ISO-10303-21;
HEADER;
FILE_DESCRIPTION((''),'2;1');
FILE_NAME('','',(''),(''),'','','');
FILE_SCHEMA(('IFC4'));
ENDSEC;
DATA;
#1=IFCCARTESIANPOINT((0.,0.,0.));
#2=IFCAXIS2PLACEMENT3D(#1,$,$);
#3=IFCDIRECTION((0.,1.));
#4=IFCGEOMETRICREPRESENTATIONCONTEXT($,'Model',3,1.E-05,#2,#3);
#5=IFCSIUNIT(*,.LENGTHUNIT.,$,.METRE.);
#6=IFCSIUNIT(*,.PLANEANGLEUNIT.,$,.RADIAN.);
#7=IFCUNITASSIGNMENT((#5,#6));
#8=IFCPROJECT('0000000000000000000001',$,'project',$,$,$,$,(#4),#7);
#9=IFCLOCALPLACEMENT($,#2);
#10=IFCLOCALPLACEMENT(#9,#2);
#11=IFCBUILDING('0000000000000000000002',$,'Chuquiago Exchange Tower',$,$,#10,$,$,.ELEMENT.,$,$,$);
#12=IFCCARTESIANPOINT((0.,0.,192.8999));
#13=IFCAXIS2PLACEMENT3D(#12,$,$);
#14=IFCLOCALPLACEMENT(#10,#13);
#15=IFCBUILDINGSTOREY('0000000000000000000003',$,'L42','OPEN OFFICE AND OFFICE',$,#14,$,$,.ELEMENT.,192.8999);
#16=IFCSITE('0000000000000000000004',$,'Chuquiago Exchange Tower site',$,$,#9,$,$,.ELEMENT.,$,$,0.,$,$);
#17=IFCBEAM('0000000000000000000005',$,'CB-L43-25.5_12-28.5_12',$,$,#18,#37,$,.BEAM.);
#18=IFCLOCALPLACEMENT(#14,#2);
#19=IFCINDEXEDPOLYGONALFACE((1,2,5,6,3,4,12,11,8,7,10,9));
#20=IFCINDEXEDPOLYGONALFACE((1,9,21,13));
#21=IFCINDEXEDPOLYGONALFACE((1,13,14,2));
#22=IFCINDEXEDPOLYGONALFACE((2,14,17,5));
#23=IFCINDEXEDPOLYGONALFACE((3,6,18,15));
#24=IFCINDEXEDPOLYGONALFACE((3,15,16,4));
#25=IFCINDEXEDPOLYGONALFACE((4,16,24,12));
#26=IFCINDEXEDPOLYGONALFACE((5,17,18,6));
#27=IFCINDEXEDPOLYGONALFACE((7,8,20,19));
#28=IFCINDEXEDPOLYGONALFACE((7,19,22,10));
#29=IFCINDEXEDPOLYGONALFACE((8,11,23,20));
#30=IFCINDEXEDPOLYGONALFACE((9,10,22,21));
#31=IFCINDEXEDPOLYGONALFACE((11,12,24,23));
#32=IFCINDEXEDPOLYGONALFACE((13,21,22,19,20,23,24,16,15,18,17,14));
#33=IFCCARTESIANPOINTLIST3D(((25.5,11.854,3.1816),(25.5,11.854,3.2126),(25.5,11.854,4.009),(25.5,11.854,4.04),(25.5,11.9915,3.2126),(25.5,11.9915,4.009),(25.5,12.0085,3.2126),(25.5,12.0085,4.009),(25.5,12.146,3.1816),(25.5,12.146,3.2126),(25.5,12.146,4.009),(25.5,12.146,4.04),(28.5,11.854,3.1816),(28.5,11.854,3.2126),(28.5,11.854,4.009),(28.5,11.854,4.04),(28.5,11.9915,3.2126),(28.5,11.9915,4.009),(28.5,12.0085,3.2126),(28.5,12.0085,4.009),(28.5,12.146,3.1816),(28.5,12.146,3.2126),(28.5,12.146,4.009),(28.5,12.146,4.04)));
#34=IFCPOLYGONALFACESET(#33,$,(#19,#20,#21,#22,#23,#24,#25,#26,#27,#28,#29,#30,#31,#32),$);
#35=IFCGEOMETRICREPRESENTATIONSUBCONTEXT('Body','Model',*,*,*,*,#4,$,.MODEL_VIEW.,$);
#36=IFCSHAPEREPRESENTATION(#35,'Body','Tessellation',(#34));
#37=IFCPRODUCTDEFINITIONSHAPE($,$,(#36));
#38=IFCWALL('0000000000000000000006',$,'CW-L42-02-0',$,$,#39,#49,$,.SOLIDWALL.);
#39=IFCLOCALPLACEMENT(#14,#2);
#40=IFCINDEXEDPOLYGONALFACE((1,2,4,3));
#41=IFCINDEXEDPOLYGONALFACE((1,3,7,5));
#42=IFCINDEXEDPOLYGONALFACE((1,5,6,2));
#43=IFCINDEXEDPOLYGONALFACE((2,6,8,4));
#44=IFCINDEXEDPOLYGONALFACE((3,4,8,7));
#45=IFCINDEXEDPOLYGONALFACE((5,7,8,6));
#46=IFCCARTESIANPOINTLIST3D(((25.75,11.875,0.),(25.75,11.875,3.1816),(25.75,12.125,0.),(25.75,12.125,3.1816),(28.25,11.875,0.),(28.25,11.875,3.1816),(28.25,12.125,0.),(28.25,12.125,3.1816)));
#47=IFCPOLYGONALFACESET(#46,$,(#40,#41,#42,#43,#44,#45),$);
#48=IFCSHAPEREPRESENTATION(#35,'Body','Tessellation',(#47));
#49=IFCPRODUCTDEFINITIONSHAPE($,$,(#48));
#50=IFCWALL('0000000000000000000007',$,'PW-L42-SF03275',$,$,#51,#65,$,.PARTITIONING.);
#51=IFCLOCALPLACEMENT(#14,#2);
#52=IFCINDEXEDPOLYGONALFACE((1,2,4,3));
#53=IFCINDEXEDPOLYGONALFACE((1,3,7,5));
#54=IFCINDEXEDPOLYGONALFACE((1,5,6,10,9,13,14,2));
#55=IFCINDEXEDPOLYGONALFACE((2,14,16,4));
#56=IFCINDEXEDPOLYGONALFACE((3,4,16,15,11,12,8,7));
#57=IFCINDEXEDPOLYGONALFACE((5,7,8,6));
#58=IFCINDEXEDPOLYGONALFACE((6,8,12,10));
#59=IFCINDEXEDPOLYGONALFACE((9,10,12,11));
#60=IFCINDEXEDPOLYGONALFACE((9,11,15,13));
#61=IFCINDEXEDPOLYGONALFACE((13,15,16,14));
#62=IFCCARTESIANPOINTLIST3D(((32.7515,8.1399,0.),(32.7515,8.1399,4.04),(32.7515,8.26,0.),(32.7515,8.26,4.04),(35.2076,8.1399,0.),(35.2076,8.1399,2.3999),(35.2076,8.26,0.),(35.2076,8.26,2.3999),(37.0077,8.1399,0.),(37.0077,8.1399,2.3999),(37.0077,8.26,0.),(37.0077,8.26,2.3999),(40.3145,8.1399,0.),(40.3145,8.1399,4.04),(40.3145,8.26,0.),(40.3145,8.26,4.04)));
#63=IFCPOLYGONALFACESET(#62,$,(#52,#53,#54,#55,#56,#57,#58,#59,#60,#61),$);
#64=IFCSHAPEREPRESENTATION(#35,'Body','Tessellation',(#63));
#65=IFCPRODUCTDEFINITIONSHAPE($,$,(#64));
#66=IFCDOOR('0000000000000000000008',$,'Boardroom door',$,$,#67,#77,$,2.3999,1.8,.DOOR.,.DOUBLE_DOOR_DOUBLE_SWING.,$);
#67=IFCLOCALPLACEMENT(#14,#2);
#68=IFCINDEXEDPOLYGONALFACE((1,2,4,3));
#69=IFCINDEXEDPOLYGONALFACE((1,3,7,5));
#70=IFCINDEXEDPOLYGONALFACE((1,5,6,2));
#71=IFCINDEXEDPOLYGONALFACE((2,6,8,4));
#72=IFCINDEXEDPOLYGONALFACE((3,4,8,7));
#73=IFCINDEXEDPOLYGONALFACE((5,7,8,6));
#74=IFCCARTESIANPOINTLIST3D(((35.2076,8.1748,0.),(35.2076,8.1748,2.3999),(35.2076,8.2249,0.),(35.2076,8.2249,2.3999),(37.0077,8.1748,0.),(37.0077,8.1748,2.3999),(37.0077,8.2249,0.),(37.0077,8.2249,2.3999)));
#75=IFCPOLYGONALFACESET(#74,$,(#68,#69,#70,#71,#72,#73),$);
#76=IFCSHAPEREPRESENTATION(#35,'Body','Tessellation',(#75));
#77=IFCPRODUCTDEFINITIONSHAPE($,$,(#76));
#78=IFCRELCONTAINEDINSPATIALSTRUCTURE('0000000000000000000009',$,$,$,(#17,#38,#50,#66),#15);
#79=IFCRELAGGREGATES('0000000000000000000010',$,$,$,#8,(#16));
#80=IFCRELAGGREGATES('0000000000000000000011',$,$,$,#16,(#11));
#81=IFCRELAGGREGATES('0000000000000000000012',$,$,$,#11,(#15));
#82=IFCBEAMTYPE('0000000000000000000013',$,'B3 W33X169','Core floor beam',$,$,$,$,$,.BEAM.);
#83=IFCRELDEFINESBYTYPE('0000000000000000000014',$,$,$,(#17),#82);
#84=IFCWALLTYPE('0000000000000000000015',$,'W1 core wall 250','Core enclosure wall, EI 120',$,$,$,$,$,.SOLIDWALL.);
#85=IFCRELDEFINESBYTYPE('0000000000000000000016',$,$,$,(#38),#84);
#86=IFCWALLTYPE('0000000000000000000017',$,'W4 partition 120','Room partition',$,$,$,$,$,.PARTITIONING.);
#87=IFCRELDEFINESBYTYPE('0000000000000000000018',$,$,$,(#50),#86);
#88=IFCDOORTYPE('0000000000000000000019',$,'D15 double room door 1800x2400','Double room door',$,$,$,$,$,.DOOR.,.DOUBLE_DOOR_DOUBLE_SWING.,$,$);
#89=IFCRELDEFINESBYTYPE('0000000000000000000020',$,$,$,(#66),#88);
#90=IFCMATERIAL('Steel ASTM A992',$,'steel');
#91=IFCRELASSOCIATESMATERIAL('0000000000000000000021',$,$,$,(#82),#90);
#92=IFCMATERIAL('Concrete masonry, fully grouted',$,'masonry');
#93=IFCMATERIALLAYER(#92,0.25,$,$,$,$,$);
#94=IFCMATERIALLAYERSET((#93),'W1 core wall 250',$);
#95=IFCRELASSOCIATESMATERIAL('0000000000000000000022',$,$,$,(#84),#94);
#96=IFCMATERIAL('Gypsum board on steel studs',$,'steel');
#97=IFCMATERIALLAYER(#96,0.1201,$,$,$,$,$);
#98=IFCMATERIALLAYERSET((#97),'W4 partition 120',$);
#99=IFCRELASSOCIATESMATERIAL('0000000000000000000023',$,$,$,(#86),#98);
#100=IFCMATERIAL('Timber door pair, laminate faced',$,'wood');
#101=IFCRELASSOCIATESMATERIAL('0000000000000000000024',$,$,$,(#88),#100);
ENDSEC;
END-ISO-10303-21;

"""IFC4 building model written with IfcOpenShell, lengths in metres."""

from ifc_helpers import new_model, si_unit, direction, frame, frame_2d, origin, origin_2d, place, context, subcontext, project, spatial, rectangle, i_section, extrude, material, layer, layer_set, material_profile, profile_set, type_object, element, fill, save


model = new_model("IFC4")

# Units and contexts
model_context = context("Model", 3, precision=1e-05, world=origin(), true_north=direction((0.0, 1.0)))
body_context = subcontext(model_context, "Body", "Model", "MODEL_VIEW")
ifc_project = project(units=[si_unit("LENGTHUNIT", "METRE"), si_unit("PLANEANGLEUNIT", "RADIAN")], contexts=[model_context])

# Site, building, storey
site_placement = place(None, origin())
site = spatial("IfcSite", under=ifc_project, at=site_placement, Name="Chuquiago Exchange Tower site", CompositionType="ELEMENT", RefElevation=0.0)
building_placement = place(site_placement, origin())
building = spatial("IfcBuilding", under=site, at=building_placement, Name="Chuquiago Exchange Tower", CompositionType="ELEMENT")
storey_placement = place(building_placement, frame((0.0, 0.0, 192.8999)))
storey = spatial("IfcBuildingStorey", under=building, at=storey_placement, Name="L42", Description="OPEN OFFICE AND OFFICE", CompositionType="ELEMENT", Elevation=192.8999)

# Beam
ifc_material_1 = material(Name="Steel ASTM A992", Category="steel")
ifc_material_profile_1 = material_profile(ifc_material_1, i_section(OverallWidth=0.292, OverallDepth=0.8584, WebThickness=0.0171, FlangeThickness=0.031, at=origin_2d()), Name="W33X169")
ifc_profile_set_1 = profile_set([ifc_material_profile_1], Name="Steel ASTM A992")
beam_type_1 = type_object("IfcBeamType", Name="B3 W33X169", Description="Core floor beam", PredefinedType="BEAM", material=ifc_profile_set_1)
beam_1_placement = place(storey_placement, frame((25.5, 12.0, 3.6108), z_axis=(1.0, 0.0, 0.0), x_axis=(0.0, 1.0, 0.0)))
element("IfcBeam", 1, at=beam_1_placement, inside=storey, type_object=beam_type_1, Name="CB-L43-25.5_12-28.5_12", PredefinedType="BEAM", context=body_context, shape_type="SweptSolid", body=[
    extrude(i_section(OverallWidth=0.292, OverallDepth=0.8584, WebThickness=0.0171, FlangeThickness=0.031, at=origin_2d()), origin(), (0.0, 0.0, 1.0), 3.0),
])

# Wall
ifc_material_2 = material(Name="Concrete masonry, fully grouted", Category="masonry")
ifc_layer_1 = layer(ifc_material_2, 0.25)
ifc_layer_set_1 = layer_set([ifc_layer_1], Name="W1 core wall 250")
wall_type_1 = type_object("IfcWallType", Name="W1 core wall 250", Description="Core enclosure wall, EI 120", PredefinedType="SOLIDWALL", material=ifc_layer_set_1)
wall_1_placement = place(storey_placement, frame((25.75, 12.0, 0.0), z_axis=(0.0, 0.0, 1.0), x_axis=(1.0, 0.0, 0.0)))
element("IfcWall", 2, at=wall_1_placement, inside=storey, type_object=wall_type_1, Name="CW-L42-02-0", PredefinedType="SOLIDWALL", context=body_context, shape_type="SweptSolid", body=[
    extrude(rectangle(XDim=2.5, YDim=0.25, at=frame_2d((1.25, 0.0))), origin(), (0.0, 0.0, 1.0), 3.1816),
])

# Wall, opening, door
ifc_material_3 = material(Name="Gypsum board on steel studs", Category="steel")
ifc_layer_2 = layer(ifc_material_3, 0.1201)
ifc_layer_set_2 = layer_set([ifc_layer_2], Name="W4 partition 120")
wall_type_2 = type_object("IfcWallType", Name="W4 partition 120", Description="Room partition", PredefinedType="PARTITIONING", material=ifc_layer_set_2)
wall_2_placement = place(storey_placement, frame((32.7515, 8.2, 0.0), z_axis=(0.0, 0.0, 1.0), x_axis=(1.0, 0.0, 0.0)))
wall_2 = element("IfcWall", 3, at=wall_2_placement, inside=storey, type_object=wall_type_2, Name="PW-L42-SF03275", PredefinedType="PARTITIONING", context=body_context, shape_type="SweptSolid", body=[
    extrude(rectangle(XDim=7.563, YDim=0.1201, at=frame_2d((3.7815, 0.0))), origin(), (0.0, 0.0, 1.0), 4.04),
])
opening_1_placement = place(wall_2_placement, frame((2.4563, 0.0, 0.0)))
opening_1 = element("IfcOpeningElement", 4, at=opening_1_placement, cuts=wall_2, PredefinedType="OPENING", context=body_context, shape_type="SweptSolid", body=[
    extrude(rectangle(XDim=1.8, YDim=2.3999, at=frame_2d((0.8999, 1.2))), frame((0.0, 0.0701, 0.0), z_axis=(0.0, -1.0, 0.0), x_axis=(1.0, 0.0, 0.0)), (0.0, 0.0, 1.0), 0.1401),
])
ifc_material_4 = material(Name="Timber door pair, laminate faced", Category="wood")
door_type_1 = type_object("IfcDoorType", Name="D15 double room door 1800x2400", Description="Double room door", OperationType="DOUBLE_DOOR_DOUBLE_SWING", PredefinedType="DOOR", material=ifc_material_4)
door_1_placement = place(opening_1_placement, origin())
door_1 = element("IfcDoor", 5, at=door_1_placement, inside=storey, type_object=door_type_1, Name="Boardroom door", OperationType="DOUBLE_DOOR_DOUBLE_SWING", OverallHeight=2.3999, OverallWidth=1.8, PredefinedType="DOOR", context=body_context, shape_type="SweptSolid", body=[
    extrude(rectangle(XDim=1.8, YDim=2.3999, at=frame_2d((0.8999, 1.2))), frame((0.0, 0.0249, 0.0), z_axis=(0.0, -1.0, 0.0), x_axis=(1.0, 0.0, 0.0)), (0.0, 0.0, 1.0), 0.05),
])
fill(opening_1, door_1)

save(model, "model.ifc")
